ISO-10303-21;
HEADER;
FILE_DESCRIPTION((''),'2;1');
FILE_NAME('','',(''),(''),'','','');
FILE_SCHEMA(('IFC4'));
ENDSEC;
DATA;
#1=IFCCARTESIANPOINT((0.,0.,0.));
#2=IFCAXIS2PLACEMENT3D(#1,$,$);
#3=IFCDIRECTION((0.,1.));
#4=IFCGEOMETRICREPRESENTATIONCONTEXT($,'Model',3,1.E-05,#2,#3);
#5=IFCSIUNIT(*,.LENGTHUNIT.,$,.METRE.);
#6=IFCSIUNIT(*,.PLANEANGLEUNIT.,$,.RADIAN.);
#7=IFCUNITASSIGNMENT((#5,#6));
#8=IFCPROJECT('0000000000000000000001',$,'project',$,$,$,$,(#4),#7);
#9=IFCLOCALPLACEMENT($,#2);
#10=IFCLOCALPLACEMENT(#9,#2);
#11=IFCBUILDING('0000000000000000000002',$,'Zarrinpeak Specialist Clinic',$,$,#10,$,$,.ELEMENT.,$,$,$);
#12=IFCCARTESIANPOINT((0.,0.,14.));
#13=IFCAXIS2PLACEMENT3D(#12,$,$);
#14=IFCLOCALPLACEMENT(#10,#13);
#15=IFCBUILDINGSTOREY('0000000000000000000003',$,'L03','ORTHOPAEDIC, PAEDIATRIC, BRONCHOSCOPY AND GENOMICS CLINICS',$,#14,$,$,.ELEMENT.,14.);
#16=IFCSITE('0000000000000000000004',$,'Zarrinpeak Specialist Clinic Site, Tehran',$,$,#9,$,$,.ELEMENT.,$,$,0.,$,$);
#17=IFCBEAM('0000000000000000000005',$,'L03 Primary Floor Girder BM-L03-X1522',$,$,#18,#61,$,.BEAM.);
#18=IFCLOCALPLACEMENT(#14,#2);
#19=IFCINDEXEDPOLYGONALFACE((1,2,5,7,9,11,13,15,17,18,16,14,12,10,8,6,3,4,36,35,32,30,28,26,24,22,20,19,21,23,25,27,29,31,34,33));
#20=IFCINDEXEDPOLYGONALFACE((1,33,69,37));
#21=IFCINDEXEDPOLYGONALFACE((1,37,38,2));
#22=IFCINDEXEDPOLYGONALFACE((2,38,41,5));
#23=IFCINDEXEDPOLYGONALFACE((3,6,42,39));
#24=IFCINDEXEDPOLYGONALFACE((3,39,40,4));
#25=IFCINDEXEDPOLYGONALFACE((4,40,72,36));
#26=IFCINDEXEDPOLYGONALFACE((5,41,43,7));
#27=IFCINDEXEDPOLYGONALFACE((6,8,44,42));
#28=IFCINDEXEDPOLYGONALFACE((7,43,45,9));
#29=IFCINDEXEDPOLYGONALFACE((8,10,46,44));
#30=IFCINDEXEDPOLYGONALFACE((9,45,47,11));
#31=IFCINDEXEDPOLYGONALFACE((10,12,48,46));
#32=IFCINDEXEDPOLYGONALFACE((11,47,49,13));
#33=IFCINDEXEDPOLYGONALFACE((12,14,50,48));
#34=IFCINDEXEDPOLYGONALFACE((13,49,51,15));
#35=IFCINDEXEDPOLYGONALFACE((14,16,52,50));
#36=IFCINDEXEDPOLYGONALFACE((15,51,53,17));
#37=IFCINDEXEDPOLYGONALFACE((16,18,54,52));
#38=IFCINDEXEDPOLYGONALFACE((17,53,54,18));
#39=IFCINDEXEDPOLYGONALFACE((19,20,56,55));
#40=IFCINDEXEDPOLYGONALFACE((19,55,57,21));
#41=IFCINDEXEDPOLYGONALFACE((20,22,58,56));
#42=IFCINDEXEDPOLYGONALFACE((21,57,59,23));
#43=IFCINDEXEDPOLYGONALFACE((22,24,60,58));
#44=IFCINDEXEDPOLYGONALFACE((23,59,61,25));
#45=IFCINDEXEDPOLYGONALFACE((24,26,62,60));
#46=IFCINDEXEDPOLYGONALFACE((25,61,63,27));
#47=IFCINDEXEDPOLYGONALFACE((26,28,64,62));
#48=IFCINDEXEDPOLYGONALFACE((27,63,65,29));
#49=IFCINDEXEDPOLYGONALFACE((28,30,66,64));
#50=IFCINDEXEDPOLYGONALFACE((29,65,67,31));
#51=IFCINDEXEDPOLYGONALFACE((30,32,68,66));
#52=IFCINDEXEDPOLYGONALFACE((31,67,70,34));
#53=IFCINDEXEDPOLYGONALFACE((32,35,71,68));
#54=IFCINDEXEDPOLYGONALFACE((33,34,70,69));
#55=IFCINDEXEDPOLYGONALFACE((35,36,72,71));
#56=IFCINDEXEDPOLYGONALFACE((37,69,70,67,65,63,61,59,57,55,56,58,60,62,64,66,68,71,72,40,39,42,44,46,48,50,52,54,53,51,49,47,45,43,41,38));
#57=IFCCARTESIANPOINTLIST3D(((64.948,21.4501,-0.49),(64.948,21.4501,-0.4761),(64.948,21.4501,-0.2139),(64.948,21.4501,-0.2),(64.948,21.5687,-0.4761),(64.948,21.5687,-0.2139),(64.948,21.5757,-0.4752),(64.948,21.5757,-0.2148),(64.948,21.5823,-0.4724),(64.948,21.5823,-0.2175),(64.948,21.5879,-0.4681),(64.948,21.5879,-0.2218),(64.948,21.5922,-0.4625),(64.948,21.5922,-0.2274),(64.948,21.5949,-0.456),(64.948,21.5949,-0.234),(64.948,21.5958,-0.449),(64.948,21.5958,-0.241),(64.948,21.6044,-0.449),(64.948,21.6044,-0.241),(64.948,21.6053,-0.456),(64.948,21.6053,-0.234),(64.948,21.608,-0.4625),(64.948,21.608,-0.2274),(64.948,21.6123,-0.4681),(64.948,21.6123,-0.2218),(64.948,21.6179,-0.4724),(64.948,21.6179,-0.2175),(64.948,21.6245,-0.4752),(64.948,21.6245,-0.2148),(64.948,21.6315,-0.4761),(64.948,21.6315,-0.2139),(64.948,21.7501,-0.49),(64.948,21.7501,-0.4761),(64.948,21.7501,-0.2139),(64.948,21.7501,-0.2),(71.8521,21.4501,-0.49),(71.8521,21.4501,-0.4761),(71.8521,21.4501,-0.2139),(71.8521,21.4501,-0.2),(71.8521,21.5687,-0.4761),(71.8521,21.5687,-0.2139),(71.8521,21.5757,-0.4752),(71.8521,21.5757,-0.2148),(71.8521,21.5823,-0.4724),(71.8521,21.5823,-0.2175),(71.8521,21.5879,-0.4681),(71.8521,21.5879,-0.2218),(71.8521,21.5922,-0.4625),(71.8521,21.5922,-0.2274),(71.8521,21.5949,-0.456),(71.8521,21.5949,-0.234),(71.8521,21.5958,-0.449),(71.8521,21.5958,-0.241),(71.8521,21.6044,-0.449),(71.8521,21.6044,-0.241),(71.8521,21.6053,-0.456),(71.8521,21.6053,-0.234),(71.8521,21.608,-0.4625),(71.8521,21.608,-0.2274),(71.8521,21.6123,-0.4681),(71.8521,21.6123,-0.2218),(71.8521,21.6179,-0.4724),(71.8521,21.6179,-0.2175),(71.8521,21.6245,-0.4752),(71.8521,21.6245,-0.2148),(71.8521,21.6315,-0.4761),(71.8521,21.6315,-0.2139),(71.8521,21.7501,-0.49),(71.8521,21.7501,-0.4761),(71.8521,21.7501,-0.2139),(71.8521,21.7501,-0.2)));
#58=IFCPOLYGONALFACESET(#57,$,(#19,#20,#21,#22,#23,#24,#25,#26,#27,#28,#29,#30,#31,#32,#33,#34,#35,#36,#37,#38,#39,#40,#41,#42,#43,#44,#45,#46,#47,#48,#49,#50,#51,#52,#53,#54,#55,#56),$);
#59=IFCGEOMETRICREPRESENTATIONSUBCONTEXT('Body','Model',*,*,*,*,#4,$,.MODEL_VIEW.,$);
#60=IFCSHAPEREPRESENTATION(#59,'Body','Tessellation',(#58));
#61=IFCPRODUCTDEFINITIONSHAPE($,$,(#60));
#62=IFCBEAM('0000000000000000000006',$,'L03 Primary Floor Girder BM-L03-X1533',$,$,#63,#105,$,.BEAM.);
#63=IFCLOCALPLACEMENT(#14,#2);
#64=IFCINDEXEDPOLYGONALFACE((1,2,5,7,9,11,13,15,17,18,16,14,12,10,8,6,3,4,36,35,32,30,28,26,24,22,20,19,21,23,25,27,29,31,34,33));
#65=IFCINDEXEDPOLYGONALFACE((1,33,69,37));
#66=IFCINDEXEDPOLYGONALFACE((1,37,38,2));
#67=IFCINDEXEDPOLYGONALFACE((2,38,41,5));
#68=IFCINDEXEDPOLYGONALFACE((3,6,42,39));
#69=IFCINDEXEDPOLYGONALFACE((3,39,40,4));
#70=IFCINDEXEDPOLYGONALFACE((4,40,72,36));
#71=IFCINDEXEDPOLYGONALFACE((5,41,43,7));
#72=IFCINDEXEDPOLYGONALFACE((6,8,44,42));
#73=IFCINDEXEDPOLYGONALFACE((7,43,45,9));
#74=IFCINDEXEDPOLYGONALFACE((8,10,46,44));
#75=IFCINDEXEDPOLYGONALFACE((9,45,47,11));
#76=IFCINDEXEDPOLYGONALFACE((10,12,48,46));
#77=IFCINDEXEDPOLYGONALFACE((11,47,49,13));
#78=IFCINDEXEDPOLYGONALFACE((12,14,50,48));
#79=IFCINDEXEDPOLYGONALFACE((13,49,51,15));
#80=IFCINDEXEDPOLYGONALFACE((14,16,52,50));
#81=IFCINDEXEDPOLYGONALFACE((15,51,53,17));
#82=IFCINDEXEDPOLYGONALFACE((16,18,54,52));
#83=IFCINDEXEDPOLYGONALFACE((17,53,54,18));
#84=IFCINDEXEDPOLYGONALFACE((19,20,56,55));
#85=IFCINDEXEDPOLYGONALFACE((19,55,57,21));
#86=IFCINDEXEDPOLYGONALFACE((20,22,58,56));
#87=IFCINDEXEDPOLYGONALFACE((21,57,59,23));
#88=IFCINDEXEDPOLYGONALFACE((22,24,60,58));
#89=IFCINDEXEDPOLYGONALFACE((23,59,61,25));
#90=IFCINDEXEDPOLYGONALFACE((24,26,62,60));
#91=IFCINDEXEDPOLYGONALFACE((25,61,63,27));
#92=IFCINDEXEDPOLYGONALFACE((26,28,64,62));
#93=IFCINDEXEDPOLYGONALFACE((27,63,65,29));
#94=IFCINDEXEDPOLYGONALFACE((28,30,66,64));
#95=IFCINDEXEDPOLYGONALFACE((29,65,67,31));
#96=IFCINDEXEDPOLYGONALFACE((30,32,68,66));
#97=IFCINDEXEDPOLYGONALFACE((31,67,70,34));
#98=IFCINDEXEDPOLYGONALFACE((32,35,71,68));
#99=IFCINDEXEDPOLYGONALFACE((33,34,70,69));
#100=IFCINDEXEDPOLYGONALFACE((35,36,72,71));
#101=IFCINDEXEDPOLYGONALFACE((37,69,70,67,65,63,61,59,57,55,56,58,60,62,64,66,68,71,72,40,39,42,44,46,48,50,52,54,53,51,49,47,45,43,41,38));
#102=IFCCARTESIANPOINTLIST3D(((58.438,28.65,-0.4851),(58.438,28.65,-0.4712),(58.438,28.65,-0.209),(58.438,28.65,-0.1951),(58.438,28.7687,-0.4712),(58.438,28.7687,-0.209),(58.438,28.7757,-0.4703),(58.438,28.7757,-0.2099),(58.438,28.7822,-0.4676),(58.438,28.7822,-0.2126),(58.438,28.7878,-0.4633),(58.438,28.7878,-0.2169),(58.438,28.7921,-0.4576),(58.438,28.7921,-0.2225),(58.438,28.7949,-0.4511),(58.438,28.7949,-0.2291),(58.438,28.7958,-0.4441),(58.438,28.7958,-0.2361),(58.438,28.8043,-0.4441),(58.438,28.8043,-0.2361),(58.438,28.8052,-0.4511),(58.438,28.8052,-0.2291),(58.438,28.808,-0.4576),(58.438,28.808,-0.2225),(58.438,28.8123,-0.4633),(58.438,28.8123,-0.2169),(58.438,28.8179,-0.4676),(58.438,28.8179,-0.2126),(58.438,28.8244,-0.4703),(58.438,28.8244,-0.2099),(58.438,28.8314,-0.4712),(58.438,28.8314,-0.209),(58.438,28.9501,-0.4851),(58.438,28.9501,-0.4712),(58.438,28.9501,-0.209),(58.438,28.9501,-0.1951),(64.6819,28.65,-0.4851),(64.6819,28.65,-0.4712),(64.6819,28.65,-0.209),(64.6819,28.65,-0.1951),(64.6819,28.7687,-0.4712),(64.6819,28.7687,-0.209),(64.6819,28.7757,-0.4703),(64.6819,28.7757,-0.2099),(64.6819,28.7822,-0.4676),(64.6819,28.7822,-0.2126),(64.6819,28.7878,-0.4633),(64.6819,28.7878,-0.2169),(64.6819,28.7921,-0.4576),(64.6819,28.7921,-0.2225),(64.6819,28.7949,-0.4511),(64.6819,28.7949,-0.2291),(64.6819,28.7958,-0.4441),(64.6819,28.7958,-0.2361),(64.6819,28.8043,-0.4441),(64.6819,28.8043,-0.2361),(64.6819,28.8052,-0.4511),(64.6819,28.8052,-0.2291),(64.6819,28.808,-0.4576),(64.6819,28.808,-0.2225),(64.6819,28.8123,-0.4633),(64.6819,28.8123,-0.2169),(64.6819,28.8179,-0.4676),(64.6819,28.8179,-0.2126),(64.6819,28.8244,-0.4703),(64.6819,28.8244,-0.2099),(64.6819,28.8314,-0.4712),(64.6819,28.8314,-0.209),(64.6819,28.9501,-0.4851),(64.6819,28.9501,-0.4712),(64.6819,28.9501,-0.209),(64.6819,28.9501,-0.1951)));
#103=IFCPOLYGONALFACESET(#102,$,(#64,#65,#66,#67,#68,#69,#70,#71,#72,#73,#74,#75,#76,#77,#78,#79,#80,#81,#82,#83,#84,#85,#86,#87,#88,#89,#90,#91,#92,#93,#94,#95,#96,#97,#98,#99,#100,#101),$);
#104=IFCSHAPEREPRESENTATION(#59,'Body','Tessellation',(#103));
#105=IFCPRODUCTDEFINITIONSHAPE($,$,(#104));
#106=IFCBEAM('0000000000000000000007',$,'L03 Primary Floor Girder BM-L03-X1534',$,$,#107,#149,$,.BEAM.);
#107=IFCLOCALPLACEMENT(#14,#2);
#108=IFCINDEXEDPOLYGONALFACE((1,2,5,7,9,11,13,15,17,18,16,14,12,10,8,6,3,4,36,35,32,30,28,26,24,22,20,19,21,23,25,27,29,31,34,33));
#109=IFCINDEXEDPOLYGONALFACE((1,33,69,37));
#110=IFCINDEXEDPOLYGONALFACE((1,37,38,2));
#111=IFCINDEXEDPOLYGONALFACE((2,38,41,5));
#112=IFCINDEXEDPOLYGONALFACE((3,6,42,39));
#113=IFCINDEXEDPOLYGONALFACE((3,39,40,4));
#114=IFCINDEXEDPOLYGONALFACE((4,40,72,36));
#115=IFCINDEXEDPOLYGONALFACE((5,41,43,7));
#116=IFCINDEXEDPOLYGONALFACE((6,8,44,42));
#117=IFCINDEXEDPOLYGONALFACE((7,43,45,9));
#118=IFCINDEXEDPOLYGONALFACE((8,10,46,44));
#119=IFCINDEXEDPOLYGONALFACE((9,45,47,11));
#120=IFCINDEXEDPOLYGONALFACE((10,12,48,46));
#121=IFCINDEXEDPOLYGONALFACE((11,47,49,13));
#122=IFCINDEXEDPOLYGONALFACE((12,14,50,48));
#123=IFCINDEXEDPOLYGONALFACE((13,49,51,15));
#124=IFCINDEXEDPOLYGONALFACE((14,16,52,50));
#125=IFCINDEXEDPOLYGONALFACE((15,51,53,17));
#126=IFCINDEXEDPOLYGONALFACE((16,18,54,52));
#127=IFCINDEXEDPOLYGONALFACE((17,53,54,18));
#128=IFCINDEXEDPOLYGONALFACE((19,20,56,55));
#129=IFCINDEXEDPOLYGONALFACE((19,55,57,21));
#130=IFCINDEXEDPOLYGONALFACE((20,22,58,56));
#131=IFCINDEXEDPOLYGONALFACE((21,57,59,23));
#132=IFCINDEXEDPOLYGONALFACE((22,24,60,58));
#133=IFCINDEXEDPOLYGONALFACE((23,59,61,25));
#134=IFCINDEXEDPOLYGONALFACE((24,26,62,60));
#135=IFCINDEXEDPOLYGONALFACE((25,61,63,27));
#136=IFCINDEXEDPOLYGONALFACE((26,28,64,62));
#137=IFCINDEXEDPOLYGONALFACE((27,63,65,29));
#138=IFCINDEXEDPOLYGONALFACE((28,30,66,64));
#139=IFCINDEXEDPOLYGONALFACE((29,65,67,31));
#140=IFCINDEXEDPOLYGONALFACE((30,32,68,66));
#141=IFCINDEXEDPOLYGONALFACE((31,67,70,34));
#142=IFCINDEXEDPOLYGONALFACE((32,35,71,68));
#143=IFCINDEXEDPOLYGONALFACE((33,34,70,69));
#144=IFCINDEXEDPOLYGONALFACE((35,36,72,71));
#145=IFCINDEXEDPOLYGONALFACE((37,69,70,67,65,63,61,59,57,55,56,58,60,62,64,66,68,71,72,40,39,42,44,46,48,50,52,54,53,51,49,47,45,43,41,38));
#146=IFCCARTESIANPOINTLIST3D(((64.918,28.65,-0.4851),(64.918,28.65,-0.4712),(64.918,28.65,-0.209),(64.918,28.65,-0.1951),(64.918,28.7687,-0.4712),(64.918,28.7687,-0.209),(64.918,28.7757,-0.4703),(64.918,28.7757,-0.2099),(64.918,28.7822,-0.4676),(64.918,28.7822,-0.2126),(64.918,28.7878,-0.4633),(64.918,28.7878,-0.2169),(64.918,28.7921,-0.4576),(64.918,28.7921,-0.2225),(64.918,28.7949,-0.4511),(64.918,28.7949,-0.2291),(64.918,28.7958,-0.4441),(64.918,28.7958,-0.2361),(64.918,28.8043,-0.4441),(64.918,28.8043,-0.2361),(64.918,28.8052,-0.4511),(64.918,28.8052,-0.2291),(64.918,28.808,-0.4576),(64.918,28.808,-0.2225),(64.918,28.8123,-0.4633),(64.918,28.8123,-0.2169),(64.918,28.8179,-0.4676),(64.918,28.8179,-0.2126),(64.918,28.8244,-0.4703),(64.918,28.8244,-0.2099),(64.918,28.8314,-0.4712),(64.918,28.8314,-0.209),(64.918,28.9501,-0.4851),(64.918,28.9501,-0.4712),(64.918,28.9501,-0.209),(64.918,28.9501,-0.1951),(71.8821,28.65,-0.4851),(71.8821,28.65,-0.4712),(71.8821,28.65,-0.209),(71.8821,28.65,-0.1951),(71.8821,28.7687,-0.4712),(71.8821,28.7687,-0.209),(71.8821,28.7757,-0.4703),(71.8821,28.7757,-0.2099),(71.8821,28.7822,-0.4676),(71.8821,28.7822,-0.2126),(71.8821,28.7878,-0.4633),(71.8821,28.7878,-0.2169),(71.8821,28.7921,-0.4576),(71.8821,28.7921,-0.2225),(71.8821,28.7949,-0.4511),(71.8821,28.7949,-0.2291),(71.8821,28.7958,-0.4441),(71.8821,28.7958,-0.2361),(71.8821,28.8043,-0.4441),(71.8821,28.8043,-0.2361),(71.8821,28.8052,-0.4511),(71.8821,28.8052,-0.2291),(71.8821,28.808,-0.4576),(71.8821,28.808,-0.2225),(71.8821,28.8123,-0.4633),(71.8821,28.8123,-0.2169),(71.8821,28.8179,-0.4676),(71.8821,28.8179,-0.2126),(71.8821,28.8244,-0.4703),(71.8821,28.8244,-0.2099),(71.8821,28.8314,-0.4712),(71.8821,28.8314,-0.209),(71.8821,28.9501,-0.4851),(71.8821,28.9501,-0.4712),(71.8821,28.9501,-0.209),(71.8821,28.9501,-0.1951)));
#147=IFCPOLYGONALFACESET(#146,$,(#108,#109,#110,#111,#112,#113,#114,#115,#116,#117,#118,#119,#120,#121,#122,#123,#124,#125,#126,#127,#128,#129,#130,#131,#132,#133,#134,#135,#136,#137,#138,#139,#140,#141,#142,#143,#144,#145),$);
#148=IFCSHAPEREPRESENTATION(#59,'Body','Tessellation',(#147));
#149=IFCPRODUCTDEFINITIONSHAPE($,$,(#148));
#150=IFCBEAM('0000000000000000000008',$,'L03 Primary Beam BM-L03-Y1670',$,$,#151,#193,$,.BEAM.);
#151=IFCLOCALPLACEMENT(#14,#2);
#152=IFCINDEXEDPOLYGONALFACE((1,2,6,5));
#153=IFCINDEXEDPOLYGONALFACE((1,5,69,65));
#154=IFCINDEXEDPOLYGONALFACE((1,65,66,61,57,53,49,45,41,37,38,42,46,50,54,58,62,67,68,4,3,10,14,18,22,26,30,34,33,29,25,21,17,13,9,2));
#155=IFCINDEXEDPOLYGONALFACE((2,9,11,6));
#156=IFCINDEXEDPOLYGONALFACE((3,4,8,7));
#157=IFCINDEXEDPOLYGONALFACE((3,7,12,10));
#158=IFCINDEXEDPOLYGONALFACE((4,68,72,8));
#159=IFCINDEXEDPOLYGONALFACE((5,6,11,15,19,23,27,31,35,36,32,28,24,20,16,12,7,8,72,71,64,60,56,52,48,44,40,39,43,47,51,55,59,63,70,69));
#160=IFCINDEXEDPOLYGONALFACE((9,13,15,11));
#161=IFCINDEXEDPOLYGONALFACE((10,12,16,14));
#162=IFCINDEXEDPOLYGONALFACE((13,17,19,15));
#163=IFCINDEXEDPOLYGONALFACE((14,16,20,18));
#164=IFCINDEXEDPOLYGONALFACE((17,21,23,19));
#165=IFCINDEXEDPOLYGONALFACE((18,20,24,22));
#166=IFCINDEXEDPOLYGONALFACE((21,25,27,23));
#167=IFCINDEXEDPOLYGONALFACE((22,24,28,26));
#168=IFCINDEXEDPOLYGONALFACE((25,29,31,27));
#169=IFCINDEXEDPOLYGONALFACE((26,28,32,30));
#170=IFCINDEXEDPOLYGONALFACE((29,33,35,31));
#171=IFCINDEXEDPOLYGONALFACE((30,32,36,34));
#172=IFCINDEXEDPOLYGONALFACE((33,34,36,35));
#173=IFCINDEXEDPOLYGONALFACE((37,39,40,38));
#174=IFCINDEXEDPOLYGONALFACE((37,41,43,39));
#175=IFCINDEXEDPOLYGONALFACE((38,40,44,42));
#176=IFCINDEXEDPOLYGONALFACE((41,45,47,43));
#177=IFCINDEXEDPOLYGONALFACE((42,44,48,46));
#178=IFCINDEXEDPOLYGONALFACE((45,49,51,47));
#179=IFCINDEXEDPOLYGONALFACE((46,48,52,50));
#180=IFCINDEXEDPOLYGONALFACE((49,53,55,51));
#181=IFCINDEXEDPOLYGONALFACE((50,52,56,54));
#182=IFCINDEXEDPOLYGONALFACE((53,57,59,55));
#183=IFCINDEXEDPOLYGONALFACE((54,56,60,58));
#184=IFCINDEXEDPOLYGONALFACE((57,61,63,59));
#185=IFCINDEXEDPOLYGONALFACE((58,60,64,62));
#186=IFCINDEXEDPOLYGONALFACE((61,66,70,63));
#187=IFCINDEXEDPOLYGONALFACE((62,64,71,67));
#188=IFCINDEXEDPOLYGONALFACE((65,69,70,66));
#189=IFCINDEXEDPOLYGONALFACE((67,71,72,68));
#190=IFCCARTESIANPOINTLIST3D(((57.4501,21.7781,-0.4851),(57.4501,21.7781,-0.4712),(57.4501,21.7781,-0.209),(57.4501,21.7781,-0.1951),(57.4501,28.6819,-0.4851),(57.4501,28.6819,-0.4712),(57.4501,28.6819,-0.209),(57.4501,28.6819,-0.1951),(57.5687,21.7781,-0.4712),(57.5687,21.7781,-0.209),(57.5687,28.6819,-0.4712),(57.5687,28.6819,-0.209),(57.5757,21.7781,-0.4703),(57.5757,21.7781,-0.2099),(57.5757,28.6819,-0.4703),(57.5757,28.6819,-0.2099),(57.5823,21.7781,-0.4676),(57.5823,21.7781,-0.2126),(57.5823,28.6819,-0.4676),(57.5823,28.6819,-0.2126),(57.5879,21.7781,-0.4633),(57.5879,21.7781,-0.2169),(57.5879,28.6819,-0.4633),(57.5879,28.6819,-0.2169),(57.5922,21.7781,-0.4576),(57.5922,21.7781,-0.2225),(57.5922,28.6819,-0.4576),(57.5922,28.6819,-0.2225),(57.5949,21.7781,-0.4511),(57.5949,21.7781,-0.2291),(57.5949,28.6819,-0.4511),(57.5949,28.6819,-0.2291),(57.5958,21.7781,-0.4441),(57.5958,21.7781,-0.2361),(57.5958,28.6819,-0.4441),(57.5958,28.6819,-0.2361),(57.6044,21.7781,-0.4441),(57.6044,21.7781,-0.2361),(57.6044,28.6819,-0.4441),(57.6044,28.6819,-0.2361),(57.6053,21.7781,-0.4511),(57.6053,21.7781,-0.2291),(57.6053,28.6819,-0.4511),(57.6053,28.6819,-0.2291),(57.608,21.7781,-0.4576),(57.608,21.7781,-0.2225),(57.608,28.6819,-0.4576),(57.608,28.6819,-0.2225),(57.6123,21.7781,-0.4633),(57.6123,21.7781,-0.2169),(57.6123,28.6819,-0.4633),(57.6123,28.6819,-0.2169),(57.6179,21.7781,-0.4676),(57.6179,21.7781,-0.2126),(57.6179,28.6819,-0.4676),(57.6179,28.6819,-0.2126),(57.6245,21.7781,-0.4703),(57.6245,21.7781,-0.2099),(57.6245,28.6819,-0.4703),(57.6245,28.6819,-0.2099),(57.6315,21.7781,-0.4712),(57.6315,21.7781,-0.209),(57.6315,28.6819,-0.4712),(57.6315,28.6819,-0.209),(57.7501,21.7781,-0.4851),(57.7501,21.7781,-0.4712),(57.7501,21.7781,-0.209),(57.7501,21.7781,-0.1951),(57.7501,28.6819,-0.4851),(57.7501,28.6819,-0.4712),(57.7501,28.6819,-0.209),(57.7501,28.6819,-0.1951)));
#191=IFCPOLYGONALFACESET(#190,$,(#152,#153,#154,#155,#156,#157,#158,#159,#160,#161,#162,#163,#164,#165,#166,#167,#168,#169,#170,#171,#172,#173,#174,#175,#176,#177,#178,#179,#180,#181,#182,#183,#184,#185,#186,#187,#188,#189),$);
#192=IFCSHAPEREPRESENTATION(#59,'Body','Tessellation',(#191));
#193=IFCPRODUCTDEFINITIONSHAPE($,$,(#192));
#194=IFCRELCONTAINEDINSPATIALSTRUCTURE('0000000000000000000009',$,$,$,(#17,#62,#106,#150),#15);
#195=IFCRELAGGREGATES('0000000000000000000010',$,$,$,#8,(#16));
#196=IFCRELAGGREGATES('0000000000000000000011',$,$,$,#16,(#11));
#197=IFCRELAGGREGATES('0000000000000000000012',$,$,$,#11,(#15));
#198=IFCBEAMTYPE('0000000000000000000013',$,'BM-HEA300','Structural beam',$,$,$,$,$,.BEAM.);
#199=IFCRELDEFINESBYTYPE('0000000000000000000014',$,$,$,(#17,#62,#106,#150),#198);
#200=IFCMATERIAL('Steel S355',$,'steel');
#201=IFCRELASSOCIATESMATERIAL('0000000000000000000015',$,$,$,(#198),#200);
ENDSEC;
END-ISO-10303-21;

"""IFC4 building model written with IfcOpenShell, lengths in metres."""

from ifc_helpers import new_model, si_unit, direction, frame, origin, origin_2d, place, context, subcontext, project, spatial, i_section, extrude, material, material_profile, profile_set, type_object, element, save


model = new_model("IFC4")

# Units and contexts
model_context = context("Model", 3, precision=1e-05, world=origin(), true_north=direction((0.0, 1.0)))
body_context = subcontext(model_context, "Body", "Model", "MODEL_VIEW")
ifc_project = project(units=[si_unit("LENGTHUNIT", "METRE"), si_unit("PLANEANGLEUNIT", "RADIAN")], contexts=[model_context])

# Site, building, storey
site_placement = place(None, origin())
site = spatial("IfcSite", under=ifc_project, at=site_placement, Name="Zarrinpeak Specialist Clinic Site, Tehran", CompositionType="ELEMENT", RefElevation=0.0)
building_placement = place(site_placement, origin())
building = spatial("IfcBuilding", under=site, at=building_placement, Name="Zarrinpeak Specialist Clinic", CompositionType="ELEMENT")
storey_placement = place(building_placement, frame((0.0, 0.0, 14.0)))
storey = spatial("IfcBuildingStorey", under=building, at=storey_placement, Name="L03", Description="ORTHOPAEDIC, PAEDIATRIC, BRONCHOSCOPY AND GENOMICS CLINICS", CompositionType="ELEMENT", Elevation=14.0)

# Shared definitions
ifc_material_1 = material(Name="Steel S355", Category="steel")

# Beams
ifc_material_profile_1 = material_profile(ifc_material_1, i_section(OverallWidth=0.3, OverallDepth=0.29, WebThickness=0.0085, FlangeThickness=0.0139, FilletRadius=0.0271, at=origin_2d()), Name="HEA 300")
ifc_profile_set_1 = profile_set([ifc_material_profile_1], Name="Steel S355")
beam_type = type_object("IfcBeamType", Name="BM-HEA300", Description="Structural beam", PredefinedType="BEAM", material=ifc_profile_set_1)
beam_1_placement = place(storey_placement, frame((64.948, 21.6001, -0.345), z_axis=(1.0, 0.0, 0.0), x_axis=(0.0, 1.0, 0.0)))
element("IfcBeam", 1, at=beam_1_placement, inside=storey, type_object=beam_type, Name="L03 Primary Floor Girder BM-L03-X1522", PredefinedType="BEAM", context=body_context, shape_type="SweptSolid", body=[
    extrude(i_section(OverallWidth=0.3, OverallDepth=0.29, WebThickness=0.0085, FlangeThickness=0.0139, FilletRadius=0.0271, at=origin_2d()), origin(), (0.0, 0.0, 1.0), 6.9041),
])
beam_2_placement = place(storey_placement, frame((58.438, 28.8, -0.3401), z_axis=(1.0, 0.0, 0.0), x_axis=(0.0, 1.0, 0.0)))
element("IfcBeam", 2, at=beam_2_placement, inside=storey, type_object=beam_type, Name="L03 Primary Floor Girder BM-L03-X1533", PredefinedType="BEAM", context=body_context, shape_type="SweptSolid", body=[
    extrude(i_section(OverallWidth=0.3, OverallDepth=0.29, WebThickness=0.0085, FlangeThickness=0.0139, FilletRadius=0.0271, at=origin_2d()), origin(), (0.0, 0.0, 1.0), 6.2439),
])
beam_3_placement = place(storey_placement, frame((64.918, 28.8, -0.3401), z_axis=(1.0, 0.0, 0.0), x_axis=(0.0, 1.0, 0.0)))
element("IfcBeam", 3, at=beam_3_placement, inside=storey, type_object=beam_type, Name="L03 Primary Floor Girder BM-L03-X1534", PredefinedType="BEAM", context=body_context, shape_type="SweptSolid", body=[
    extrude(i_section(OverallWidth=0.3, OverallDepth=0.29, WebThickness=0.0085, FlangeThickness=0.0139, FilletRadius=0.0271, at=origin_2d()), origin(), (0.0, 0.0, 1.0), 6.9641),
])
for number, where, z_axis, x_axis, name in (
    (4, (57.6001, 21.7781, -0.3401), (0.0, 1.0, 0.0), (-1.0, 0.0, 0.0), "L03 Primary Beam BM-L03-Y1670"),
):
    element("IfcBeam", number, at=place(storey_placement, frame(where, z_axis=z_axis, x_axis=x_axis)), inside=storey, type_object=beam_type, Name=name, PredefinedType="BEAM", context=body_context, shape_type="SweptSolid", body=[
        extrude(i_section(OverallWidth=0.3, OverallDepth=0.29, WebThickness=0.0085, FlangeThickness=0.0139, FilletRadius=0.0271, at=origin_2d()), origin(), (0.0, 0.0, 1.0), 6.9038),
    ])

save(model, "model.ifc")
